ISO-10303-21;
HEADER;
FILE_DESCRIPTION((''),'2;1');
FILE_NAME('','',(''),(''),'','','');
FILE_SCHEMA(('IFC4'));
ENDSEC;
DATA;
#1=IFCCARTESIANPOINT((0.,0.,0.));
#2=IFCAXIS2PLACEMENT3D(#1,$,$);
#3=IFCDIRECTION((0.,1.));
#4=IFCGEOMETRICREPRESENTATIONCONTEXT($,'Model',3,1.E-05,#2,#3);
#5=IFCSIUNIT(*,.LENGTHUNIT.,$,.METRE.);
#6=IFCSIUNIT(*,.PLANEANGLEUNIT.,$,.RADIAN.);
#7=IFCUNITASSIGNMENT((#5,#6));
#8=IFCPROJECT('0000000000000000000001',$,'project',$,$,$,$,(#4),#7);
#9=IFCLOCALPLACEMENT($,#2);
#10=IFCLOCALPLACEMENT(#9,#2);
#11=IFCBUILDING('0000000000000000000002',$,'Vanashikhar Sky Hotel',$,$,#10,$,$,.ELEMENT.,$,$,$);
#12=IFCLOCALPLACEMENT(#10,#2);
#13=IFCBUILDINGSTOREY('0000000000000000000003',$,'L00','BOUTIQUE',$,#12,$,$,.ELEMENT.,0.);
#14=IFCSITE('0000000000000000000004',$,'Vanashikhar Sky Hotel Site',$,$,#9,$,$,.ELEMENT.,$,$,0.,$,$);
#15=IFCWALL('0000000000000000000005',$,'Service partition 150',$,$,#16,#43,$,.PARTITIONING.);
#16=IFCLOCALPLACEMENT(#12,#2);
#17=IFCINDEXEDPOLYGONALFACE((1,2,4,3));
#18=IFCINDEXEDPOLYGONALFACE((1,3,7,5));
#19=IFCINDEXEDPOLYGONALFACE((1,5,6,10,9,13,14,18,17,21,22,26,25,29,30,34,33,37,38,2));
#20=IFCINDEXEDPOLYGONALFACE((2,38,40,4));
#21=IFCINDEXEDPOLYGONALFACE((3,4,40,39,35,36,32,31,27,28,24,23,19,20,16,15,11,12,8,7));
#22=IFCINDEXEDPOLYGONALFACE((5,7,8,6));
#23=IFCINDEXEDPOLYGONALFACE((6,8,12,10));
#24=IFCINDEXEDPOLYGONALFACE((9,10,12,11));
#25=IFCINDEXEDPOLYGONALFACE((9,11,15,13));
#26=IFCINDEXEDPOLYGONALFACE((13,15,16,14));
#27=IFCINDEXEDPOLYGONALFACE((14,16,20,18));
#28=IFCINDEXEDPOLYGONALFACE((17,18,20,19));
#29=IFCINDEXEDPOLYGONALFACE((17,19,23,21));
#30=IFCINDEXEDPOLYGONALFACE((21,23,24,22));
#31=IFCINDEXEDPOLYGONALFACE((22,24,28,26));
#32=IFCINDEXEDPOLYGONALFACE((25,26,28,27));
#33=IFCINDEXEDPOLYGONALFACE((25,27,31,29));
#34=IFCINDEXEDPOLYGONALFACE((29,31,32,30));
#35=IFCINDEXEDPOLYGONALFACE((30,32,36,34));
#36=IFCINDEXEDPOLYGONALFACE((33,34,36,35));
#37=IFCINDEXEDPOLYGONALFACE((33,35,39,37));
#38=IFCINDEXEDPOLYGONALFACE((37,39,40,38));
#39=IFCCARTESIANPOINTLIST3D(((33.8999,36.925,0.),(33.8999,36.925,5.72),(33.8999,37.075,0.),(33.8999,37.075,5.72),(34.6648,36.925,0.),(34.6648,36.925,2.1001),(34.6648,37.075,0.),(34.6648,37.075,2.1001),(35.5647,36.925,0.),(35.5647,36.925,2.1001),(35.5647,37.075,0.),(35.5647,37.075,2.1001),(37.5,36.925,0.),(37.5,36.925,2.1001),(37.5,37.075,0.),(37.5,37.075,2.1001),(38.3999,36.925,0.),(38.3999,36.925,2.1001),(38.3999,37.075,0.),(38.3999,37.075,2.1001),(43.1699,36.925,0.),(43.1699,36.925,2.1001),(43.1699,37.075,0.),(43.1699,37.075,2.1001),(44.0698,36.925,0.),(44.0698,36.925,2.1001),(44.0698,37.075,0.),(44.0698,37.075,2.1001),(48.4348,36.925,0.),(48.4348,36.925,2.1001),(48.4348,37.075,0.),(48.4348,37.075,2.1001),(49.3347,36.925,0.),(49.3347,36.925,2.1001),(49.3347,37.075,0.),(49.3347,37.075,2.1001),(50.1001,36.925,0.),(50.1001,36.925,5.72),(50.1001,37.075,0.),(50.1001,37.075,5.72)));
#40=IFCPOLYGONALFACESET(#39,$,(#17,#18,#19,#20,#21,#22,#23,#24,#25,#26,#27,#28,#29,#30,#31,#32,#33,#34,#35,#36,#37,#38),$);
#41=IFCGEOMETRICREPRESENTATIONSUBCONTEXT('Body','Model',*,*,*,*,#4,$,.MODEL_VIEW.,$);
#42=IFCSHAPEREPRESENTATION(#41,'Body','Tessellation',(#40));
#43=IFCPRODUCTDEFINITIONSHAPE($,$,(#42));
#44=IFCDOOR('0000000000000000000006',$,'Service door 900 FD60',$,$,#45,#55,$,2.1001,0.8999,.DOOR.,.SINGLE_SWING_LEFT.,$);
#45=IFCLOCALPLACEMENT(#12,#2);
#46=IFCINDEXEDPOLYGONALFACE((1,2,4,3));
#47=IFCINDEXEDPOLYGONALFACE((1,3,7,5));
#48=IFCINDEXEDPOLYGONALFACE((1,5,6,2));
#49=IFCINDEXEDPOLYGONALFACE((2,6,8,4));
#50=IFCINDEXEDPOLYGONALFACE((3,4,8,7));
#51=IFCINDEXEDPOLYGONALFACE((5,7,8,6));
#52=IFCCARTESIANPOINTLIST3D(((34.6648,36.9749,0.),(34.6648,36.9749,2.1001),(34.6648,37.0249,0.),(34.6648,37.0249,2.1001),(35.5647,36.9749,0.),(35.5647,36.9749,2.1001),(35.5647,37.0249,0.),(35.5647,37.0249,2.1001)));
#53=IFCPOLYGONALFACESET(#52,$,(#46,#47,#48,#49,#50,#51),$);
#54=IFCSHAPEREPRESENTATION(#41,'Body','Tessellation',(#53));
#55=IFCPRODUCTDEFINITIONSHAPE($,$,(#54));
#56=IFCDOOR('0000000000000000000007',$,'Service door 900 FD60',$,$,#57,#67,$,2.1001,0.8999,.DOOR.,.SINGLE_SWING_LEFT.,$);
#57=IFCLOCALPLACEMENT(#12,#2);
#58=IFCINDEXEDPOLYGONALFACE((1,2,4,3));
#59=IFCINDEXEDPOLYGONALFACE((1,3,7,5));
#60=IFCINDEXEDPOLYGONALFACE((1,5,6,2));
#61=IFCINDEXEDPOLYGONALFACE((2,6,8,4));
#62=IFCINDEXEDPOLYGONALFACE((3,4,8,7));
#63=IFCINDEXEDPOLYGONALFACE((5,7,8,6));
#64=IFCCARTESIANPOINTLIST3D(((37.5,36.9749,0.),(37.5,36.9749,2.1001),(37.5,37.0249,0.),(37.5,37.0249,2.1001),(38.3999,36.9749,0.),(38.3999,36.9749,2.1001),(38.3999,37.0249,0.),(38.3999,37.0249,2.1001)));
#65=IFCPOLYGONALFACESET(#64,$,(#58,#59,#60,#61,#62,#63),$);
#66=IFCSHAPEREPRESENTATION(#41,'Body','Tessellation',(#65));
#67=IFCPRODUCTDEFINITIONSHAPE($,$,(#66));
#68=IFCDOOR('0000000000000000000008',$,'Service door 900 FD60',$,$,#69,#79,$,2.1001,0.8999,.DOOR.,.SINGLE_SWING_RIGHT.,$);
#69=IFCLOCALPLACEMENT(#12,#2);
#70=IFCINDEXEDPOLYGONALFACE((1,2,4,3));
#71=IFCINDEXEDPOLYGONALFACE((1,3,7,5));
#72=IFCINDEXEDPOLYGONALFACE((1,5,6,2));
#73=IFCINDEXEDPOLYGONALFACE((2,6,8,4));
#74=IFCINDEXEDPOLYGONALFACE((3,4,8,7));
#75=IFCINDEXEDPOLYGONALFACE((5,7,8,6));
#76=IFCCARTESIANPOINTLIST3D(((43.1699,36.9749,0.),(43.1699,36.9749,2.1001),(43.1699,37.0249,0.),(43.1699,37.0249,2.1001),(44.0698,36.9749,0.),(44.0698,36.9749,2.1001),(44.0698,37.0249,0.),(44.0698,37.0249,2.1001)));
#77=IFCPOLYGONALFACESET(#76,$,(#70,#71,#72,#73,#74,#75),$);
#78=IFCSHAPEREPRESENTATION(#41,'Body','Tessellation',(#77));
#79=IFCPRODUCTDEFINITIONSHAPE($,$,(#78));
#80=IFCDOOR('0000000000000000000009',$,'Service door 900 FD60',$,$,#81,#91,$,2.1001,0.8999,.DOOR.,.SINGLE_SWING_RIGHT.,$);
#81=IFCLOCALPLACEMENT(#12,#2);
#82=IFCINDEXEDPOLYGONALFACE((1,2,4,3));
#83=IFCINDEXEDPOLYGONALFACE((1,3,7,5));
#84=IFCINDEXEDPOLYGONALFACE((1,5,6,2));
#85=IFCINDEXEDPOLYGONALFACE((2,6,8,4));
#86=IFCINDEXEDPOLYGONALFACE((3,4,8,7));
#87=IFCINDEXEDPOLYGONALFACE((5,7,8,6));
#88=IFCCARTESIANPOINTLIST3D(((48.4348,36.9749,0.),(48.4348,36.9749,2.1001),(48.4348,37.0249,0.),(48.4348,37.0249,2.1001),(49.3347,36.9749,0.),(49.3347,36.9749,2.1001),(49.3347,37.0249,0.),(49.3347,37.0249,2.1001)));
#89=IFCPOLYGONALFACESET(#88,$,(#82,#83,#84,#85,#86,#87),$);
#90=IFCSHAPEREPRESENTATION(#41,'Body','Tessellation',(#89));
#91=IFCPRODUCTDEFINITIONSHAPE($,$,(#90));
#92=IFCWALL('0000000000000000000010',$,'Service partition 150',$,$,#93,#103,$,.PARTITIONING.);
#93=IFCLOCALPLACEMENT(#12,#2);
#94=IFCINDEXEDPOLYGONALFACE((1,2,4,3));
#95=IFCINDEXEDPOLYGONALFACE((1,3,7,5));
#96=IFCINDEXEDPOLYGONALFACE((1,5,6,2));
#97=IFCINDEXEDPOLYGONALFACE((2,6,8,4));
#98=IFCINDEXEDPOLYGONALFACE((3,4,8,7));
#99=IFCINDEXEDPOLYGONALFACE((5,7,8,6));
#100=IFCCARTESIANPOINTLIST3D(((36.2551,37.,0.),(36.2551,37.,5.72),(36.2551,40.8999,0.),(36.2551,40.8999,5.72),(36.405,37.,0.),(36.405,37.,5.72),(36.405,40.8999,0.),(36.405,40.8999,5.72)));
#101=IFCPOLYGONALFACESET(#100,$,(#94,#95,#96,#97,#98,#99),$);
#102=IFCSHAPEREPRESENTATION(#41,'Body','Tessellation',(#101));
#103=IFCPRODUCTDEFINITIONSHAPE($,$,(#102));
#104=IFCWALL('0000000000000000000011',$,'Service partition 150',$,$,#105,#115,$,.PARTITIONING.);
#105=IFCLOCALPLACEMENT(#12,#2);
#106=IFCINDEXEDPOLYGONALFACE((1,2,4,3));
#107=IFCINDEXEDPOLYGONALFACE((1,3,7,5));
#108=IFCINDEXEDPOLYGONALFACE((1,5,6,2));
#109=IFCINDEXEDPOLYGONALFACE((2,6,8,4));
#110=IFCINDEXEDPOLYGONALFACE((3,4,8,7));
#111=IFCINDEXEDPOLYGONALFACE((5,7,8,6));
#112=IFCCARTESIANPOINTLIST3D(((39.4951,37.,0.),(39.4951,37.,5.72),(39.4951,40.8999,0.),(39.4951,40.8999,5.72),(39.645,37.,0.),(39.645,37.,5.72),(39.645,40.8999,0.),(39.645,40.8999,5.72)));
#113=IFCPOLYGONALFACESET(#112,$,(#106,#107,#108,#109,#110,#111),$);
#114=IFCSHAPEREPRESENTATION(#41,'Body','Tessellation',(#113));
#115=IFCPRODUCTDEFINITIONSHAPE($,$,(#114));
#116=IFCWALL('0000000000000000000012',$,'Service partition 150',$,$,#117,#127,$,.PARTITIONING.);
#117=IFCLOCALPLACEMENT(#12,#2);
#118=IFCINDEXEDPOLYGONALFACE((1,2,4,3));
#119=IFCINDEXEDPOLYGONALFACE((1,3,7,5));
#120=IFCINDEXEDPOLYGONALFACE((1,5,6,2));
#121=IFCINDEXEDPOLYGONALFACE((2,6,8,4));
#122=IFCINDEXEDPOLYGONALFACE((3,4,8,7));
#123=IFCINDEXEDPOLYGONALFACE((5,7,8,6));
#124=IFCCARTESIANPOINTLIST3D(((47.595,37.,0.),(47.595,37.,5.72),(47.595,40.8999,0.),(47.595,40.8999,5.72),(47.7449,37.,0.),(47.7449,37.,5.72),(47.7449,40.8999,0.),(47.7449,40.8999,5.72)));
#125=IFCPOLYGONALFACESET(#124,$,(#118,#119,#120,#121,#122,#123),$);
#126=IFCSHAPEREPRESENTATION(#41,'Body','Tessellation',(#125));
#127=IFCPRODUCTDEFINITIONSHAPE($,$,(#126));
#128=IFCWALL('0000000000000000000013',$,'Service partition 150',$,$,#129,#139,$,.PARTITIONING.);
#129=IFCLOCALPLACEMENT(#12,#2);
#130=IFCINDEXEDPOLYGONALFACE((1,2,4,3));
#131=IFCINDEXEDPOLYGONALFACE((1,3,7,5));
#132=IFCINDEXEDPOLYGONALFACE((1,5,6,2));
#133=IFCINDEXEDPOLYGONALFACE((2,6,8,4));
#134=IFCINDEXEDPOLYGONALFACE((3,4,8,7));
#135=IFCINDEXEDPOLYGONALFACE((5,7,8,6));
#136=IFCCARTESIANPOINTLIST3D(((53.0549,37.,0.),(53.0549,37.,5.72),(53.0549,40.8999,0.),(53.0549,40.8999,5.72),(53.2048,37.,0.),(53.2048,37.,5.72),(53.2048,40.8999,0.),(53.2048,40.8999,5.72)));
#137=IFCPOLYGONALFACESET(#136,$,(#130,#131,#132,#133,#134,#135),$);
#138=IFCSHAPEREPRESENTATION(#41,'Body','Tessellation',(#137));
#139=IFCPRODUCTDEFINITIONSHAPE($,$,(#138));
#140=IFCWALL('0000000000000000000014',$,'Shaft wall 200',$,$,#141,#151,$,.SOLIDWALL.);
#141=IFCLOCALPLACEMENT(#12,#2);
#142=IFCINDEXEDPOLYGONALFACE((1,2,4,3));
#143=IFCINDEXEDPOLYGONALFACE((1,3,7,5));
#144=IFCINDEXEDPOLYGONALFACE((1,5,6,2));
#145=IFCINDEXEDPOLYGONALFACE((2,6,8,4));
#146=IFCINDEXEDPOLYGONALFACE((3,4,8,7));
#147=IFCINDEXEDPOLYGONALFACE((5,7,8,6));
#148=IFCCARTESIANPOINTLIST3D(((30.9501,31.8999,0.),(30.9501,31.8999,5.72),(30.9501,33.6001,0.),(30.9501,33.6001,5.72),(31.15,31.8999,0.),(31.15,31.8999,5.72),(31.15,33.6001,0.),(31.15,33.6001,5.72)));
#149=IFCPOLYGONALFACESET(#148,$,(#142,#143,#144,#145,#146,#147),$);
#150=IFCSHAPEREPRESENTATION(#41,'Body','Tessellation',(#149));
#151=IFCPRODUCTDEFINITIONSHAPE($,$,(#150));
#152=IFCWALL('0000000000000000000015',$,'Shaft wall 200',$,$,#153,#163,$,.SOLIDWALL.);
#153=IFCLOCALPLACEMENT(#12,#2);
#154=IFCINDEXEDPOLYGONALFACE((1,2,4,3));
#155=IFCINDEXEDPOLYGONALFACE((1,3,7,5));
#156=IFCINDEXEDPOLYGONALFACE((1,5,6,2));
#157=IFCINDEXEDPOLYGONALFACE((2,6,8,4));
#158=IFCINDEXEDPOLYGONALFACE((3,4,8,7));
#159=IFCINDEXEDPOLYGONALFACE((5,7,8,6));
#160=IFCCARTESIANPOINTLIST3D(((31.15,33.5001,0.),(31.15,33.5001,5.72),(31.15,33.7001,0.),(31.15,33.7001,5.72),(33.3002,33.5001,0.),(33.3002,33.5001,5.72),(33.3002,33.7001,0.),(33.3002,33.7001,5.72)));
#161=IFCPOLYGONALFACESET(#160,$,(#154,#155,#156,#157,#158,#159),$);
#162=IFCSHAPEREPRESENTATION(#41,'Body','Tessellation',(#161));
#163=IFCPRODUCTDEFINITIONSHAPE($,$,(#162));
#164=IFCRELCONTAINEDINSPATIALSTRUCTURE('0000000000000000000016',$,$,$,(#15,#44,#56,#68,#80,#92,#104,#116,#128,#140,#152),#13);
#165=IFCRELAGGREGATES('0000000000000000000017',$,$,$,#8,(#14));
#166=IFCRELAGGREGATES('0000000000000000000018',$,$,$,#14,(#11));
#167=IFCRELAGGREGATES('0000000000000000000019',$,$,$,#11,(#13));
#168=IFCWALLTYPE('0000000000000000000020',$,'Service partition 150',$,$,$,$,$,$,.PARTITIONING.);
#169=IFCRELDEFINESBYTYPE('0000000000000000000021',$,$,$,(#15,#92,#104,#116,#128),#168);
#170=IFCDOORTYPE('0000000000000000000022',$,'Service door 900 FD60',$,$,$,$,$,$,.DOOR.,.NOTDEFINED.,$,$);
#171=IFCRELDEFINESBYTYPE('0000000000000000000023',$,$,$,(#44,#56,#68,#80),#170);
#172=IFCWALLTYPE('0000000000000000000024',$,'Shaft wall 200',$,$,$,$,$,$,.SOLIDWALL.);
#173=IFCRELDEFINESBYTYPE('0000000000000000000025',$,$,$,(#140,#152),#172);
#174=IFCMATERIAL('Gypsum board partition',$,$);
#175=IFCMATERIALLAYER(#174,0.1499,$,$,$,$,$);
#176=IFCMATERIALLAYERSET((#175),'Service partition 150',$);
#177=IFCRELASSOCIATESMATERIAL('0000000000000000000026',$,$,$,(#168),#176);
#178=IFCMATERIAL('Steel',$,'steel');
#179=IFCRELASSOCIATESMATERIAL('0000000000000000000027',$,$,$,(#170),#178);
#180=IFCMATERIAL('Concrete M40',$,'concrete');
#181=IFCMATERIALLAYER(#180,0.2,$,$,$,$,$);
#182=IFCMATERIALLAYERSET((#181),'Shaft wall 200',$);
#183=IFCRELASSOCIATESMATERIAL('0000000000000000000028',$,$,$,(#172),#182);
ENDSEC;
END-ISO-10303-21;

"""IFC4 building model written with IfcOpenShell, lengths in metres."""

from ifc_helpers import new_model, si_unit, direction, frame, frame_2d, origin, place, context, subcontext, project, spatial, rectangle, extrude, source, transform, mapped, material, layer, layer_set, type_object, element, fill, save


model = new_model("IFC4")

# Units and contexts
model_context = context("Model", 3, precision=1e-05, world=origin(), true_north=direction((0.0, 1.0)))
body_context = subcontext(model_context, "Body", "Model", "MODEL_VIEW")
ifc_project = project(units=[si_unit("LENGTHUNIT", "METRE"), si_unit("PLANEANGLEUNIT", "RADIAN")], contexts=[model_context])

# Site, building, storey
site_placement = place(None, origin())
site = spatial("IfcSite", under=ifc_project, at=site_placement, Name="Vanashikhar Sky Hotel Site", CompositionType="ELEMENT", RefElevation=0.0)
building_placement = place(site_placement, origin())
building = spatial("IfcBuilding", under=site, at=building_placement, Name="Vanashikhar Sky Hotel", CompositionType="ELEMENT")
storey_placement = place(building_placement, origin())
storey = spatial("IfcBuildingStorey", under=building, at=storey_placement, Name="L00", Description="BOUTIQUE", CompositionType="ELEMENT", Elevation=0.0)

# Shared definitions
ifc_material_1 = material(Name="Steel", Category="steel")

# Shared definitions
ifc_material_2 = material(Name="Gypsum board partition")
ifc_layer_1 = layer(ifc_material_2, 0.1499)
ifc_layer_set_1 = layer_set([ifc_layer_1], Name="Service partition 150")
wall_type_1 = type_object("IfcWallType", Name="Service partition 150", PredefinedType="PARTITIONING", material=ifc_layer_set_1)

# Shared definitions
shared_shape_1 = source(origin(), body_context, "Body", "SweptSolid", [
    extrude(rectangle(XDim=0.8999, YDim=2.1001, at=frame_2d((0.45, 1.05))), frame((0.0, 0.085, 0.0), z_axis=(0.0, -1.0, 0.0), x_axis=(1.0, 0.0, 0.0)), (0.0, 0.0, 1.0), 0.1699),
])
door_type_1 = type_object("IfcDoorType", Name="Service door 900 FD60", OperationType="NOTDEFINED", PredefinedType="DOOR", material=ifc_material_1)
shared_shape_2 = source(origin(), body_context, "Body", "SweptSolid", [
    extrude(rectangle(XDim=0.8999, YDim=2.1001, at=frame_2d((0.45, 1.05))), frame((0.0, 0.0249, 0.0), z_axis=(0.0, -1.0, 0.0), x_axis=(1.0, 0.0, 0.0)), (0.0, 0.0, 1.0), 0.05),
])

# Wall, openings, doors
shared_shape_3 = source(origin(), body_context, "Body", "SweptSolid", [
    extrude(rectangle(XDim=16.2002, YDim=0.1499, at=frame_2d((8.1001, 0.0))), origin(), (0.0, 0.0, 1.0), 5.72),
])
wall_1_placement = place(storey_placement, frame((33.8999, 37.0, 0.0), z_axis=(0.0, 0.0, 1.0), x_axis=(1.0, 0.0, 0.0)))
wall_1 = element("IfcWall", 1, at=wall_1_placement, inside=storey, type_object=wall_type_1, Name="Service partition 150", PredefinedType="PARTITIONING", context=body_context, shape_type="MappedRepresentation", body=[
    mapped(shared_shape_3, transform((0.0, 0.0, 0.0), scale=1.0)),
])
opening_1_placement = place(wall_1_placement, frame((0.7649, 0.0, 0.0)))
opening_1 = element("IfcOpeningElement", 2, at=opening_1_placement, cuts=wall_1, PredefinedType="OPENING", context=body_context, shape_type="MappedRepresentation", body=[
    mapped(shared_shape_1, transform((0.0, 0.0, 0.0), scale=1.0)),
])
opening_2_placement = place(wall_1_placement, frame((3.6001, 0.0, 0.0)))
opening_2 = element("IfcOpeningElement", 3, at=opening_2_placement, cuts=wall_1, PredefinedType="OPENING", context=body_context, shape_type="MappedRepresentation", body=[
    mapped(shared_shape_1, transform((0.0, 0.0, 0.0), scale=1.0)),
])
opening_3_placement = place(wall_1_placement, frame((9.27, 0.0, 0.0)))
opening_3 = element("IfcOpeningElement", 4, at=opening_3_placement, cuts=wall_1, PredefinedType="OPENING", context=body_context, shape_type="MappedRepresentation", body=[
    mapped(shared_shape_1, transform((0.0, 0.0, 0.0), scale=1.0)),
])
opening_4_placement = place(wall_1_placement, frame((14.5349, 0.0, 0.0)))
opening_4 = element("IfcOpeningElement", 5, at=opening_4_placement, cuts=wall_1, PredefinedType="OPENING", context=body_context, shape_type="MappedRepresentation", body=[
    mapped(shared_shape_1, transform((0.0, 0.0, 0.0), scale=1.0)),
])
door_1_placement = place(opening_1_placement, origin())
door_1 = element("IfcDoor", 6, at=door_1_placement, inside=storey, type_object=door_type_1, Name="Service door 900 FD60", OperationType="SINGLE_SWING_LEFT", OverallHeight=2.1001, OverallWidth=0.8999, PredefinedType="DOOR", context=body_context, shape_type="MappedRepresentation", body=[
    mapped(shared_shape_2, transform((0.0, 0.0, 0.0), scale=1.0)),
])
fill(opening_1, door_1)
door_2_placement = place(opening_2_placement, origin())
door_2 = element("IfcDoor", 7, at=door_2_placement, inside=storey, type_object=door_type_1, Name="Service door 900 FD60", OperationType="SINGLE_SWING_LEFT", OverallHeight=2.1001, OverallWidth=0.8999, PredefinedType="DOOR", context=body_context, shape_type="MappedRepresentation", body=[
    mapped(shared_shape_2, transform((0.0, 0.0, 0.0), scale=1.0)),
])
fill(opening_2, door_2)
door_3_placement = place(opening_3_placement, origin())
door_3 = element("IfcDoor", 8, at=door_3_placement, inside=storey, type_object=door_type_1, Name="Service door 900 FD60", OperationType="SINGLE_SWING_RIGHT", OverallHeight=2.1001, OverallWidth=0.8999, PredefinedType="DOOR", context=body_context, shape_type="MappedRepresentation", body=[
    mapped(shared_shape_2, transform((0.0, 0.0, 0.0), scale=1.0)),
])
fill(opening_3, door_3)
door_4_placement = place(opening_4_placement, origin())
door_4 = element("IfcDoor", 9, at=door_4_placement, inside=storey, type_object=door_type_1, Name="Service door 900 FD60", OperationType="SINGLE_SWING_RIGHT", OverallHeight=2.1001, OverallWidth=0.8999, PredefinedType="DOOR", context=body_context, shape_type="MappedRepresentation", body=[
    mapped(shared_shape_2, transform((0.0, 0.0, 0.0), scale=1.0)),
])
fill(opening_4, door_4)

# Walls
shared_shape_4 = source(origin(), body_context, "Body", "SweptSolid", [
    extrude(rectangle(XDim=3.8999, YDim=0.1499, at=frame_2d((1.95, 0.0))), origin(), (0.0, 0.0, 1.0), 5.72),
])
for number, where, z_axis, x_axis, name in (
    (10, (36.3301, 37.0, 0.0), (0.0, 0.0, 1.0), (0.0, 1.0, 0.0), "Service partition 150"),
    (11, (39.5701, 37.0, 0.0), (0.0, 0.0, 1.0), (0.0, 1.0, 0.0), "Service partition 150"),
    (12, (47.6699, 37.0, 0.0), (0.0, 0.0, 1.0), (0.0, 1.0, 0.0), "Service partition 150"),
    (13, (53.1299, 37.0, 0.0), (0.0, 0.0, 1.0), (0.0, 1.0, 0.0), "Service partition 150"),
):
    element("IfcWall", number, at=place(storey_placement, frame(where, z_axis=z_axis, x_axis=x_axis)), inside=storey, type_object=wall_type_1, Name=name, PredefinedType="PARTITIONING", context=body_context, shape_type="MappedRepresentation", body=[
        mapped(shared_shape_4, transform((0.0, 0.0, 0.0), scale=1.0)),
    ])
ifc_material_3 = material(Name="Concrete M40", Category="concrete")
ifc_layer_2 = layer(ifc_material_3, 0.2)
ifc_layer_set_2 = layer_set([ifc_layer_2], Name="Shaft wall 200")
wall_type_2 = type_object("IfcWallType", Name="Shaft wall 200", PredefinedType="SOLIDWALL", material=ifc_layer_set_2)
shared_shape_5 = source(origin(), body_context, "Body", "SweptSolid", [
    extrude(rectangle(XDim=1.7002, YDim=0.2, at=frame_2d((0.8501, 0.0))), origin(), (0.0, 0.0, 1.0), 5.72),
])
wall_2_placement = place(storey_placement, frame((31.05, 31.8999, 0.0), z_axis=(0.0, 0.0, 1.0), x_axis=(0.0, 1.0, 0.0)))
element("IfcWall", 14, at=wall_2_placement, inside=storey, type_object=wall_type_2, Name="Shaft wall 200", PredefinedType="SOLIDWALL", context=body_context, shape_type="MappedRepresentation", body=[
    mapped(shared_shape_5, transform((0.0, 0.0, 0.0), scale=1.0)),
])
shared_shape_6 = source(origin(), body_context, "Body", "SweptSolid", [
    extrude(rectangle(XDim=2.1501, YDim=0.2, at=frame_2d((1.0752, 0.0))), origin(), (0.0, 0.0, 1.0), 5.72),
])
wall_3_placement = place(storey_placement, frame((31.1499, 33.6001, 0.0), z_axis=(0.0, 0.0, 1.0), x_axis=(1.0, 0.0, 0.0)))
element("IfcWall", 15, at=wall_3_placement, inside=storey, type_object=wall_type_2, Name="Shaft wall 200", PredefinedType="SOLIDWALL", context=body_context, shape_type="MappedRepresentation", body=[
    mapped(shared_shape_6, transform((0.0, 0.0, 0.0), scale=1.0)),
])

save(model, "model.ifc")
